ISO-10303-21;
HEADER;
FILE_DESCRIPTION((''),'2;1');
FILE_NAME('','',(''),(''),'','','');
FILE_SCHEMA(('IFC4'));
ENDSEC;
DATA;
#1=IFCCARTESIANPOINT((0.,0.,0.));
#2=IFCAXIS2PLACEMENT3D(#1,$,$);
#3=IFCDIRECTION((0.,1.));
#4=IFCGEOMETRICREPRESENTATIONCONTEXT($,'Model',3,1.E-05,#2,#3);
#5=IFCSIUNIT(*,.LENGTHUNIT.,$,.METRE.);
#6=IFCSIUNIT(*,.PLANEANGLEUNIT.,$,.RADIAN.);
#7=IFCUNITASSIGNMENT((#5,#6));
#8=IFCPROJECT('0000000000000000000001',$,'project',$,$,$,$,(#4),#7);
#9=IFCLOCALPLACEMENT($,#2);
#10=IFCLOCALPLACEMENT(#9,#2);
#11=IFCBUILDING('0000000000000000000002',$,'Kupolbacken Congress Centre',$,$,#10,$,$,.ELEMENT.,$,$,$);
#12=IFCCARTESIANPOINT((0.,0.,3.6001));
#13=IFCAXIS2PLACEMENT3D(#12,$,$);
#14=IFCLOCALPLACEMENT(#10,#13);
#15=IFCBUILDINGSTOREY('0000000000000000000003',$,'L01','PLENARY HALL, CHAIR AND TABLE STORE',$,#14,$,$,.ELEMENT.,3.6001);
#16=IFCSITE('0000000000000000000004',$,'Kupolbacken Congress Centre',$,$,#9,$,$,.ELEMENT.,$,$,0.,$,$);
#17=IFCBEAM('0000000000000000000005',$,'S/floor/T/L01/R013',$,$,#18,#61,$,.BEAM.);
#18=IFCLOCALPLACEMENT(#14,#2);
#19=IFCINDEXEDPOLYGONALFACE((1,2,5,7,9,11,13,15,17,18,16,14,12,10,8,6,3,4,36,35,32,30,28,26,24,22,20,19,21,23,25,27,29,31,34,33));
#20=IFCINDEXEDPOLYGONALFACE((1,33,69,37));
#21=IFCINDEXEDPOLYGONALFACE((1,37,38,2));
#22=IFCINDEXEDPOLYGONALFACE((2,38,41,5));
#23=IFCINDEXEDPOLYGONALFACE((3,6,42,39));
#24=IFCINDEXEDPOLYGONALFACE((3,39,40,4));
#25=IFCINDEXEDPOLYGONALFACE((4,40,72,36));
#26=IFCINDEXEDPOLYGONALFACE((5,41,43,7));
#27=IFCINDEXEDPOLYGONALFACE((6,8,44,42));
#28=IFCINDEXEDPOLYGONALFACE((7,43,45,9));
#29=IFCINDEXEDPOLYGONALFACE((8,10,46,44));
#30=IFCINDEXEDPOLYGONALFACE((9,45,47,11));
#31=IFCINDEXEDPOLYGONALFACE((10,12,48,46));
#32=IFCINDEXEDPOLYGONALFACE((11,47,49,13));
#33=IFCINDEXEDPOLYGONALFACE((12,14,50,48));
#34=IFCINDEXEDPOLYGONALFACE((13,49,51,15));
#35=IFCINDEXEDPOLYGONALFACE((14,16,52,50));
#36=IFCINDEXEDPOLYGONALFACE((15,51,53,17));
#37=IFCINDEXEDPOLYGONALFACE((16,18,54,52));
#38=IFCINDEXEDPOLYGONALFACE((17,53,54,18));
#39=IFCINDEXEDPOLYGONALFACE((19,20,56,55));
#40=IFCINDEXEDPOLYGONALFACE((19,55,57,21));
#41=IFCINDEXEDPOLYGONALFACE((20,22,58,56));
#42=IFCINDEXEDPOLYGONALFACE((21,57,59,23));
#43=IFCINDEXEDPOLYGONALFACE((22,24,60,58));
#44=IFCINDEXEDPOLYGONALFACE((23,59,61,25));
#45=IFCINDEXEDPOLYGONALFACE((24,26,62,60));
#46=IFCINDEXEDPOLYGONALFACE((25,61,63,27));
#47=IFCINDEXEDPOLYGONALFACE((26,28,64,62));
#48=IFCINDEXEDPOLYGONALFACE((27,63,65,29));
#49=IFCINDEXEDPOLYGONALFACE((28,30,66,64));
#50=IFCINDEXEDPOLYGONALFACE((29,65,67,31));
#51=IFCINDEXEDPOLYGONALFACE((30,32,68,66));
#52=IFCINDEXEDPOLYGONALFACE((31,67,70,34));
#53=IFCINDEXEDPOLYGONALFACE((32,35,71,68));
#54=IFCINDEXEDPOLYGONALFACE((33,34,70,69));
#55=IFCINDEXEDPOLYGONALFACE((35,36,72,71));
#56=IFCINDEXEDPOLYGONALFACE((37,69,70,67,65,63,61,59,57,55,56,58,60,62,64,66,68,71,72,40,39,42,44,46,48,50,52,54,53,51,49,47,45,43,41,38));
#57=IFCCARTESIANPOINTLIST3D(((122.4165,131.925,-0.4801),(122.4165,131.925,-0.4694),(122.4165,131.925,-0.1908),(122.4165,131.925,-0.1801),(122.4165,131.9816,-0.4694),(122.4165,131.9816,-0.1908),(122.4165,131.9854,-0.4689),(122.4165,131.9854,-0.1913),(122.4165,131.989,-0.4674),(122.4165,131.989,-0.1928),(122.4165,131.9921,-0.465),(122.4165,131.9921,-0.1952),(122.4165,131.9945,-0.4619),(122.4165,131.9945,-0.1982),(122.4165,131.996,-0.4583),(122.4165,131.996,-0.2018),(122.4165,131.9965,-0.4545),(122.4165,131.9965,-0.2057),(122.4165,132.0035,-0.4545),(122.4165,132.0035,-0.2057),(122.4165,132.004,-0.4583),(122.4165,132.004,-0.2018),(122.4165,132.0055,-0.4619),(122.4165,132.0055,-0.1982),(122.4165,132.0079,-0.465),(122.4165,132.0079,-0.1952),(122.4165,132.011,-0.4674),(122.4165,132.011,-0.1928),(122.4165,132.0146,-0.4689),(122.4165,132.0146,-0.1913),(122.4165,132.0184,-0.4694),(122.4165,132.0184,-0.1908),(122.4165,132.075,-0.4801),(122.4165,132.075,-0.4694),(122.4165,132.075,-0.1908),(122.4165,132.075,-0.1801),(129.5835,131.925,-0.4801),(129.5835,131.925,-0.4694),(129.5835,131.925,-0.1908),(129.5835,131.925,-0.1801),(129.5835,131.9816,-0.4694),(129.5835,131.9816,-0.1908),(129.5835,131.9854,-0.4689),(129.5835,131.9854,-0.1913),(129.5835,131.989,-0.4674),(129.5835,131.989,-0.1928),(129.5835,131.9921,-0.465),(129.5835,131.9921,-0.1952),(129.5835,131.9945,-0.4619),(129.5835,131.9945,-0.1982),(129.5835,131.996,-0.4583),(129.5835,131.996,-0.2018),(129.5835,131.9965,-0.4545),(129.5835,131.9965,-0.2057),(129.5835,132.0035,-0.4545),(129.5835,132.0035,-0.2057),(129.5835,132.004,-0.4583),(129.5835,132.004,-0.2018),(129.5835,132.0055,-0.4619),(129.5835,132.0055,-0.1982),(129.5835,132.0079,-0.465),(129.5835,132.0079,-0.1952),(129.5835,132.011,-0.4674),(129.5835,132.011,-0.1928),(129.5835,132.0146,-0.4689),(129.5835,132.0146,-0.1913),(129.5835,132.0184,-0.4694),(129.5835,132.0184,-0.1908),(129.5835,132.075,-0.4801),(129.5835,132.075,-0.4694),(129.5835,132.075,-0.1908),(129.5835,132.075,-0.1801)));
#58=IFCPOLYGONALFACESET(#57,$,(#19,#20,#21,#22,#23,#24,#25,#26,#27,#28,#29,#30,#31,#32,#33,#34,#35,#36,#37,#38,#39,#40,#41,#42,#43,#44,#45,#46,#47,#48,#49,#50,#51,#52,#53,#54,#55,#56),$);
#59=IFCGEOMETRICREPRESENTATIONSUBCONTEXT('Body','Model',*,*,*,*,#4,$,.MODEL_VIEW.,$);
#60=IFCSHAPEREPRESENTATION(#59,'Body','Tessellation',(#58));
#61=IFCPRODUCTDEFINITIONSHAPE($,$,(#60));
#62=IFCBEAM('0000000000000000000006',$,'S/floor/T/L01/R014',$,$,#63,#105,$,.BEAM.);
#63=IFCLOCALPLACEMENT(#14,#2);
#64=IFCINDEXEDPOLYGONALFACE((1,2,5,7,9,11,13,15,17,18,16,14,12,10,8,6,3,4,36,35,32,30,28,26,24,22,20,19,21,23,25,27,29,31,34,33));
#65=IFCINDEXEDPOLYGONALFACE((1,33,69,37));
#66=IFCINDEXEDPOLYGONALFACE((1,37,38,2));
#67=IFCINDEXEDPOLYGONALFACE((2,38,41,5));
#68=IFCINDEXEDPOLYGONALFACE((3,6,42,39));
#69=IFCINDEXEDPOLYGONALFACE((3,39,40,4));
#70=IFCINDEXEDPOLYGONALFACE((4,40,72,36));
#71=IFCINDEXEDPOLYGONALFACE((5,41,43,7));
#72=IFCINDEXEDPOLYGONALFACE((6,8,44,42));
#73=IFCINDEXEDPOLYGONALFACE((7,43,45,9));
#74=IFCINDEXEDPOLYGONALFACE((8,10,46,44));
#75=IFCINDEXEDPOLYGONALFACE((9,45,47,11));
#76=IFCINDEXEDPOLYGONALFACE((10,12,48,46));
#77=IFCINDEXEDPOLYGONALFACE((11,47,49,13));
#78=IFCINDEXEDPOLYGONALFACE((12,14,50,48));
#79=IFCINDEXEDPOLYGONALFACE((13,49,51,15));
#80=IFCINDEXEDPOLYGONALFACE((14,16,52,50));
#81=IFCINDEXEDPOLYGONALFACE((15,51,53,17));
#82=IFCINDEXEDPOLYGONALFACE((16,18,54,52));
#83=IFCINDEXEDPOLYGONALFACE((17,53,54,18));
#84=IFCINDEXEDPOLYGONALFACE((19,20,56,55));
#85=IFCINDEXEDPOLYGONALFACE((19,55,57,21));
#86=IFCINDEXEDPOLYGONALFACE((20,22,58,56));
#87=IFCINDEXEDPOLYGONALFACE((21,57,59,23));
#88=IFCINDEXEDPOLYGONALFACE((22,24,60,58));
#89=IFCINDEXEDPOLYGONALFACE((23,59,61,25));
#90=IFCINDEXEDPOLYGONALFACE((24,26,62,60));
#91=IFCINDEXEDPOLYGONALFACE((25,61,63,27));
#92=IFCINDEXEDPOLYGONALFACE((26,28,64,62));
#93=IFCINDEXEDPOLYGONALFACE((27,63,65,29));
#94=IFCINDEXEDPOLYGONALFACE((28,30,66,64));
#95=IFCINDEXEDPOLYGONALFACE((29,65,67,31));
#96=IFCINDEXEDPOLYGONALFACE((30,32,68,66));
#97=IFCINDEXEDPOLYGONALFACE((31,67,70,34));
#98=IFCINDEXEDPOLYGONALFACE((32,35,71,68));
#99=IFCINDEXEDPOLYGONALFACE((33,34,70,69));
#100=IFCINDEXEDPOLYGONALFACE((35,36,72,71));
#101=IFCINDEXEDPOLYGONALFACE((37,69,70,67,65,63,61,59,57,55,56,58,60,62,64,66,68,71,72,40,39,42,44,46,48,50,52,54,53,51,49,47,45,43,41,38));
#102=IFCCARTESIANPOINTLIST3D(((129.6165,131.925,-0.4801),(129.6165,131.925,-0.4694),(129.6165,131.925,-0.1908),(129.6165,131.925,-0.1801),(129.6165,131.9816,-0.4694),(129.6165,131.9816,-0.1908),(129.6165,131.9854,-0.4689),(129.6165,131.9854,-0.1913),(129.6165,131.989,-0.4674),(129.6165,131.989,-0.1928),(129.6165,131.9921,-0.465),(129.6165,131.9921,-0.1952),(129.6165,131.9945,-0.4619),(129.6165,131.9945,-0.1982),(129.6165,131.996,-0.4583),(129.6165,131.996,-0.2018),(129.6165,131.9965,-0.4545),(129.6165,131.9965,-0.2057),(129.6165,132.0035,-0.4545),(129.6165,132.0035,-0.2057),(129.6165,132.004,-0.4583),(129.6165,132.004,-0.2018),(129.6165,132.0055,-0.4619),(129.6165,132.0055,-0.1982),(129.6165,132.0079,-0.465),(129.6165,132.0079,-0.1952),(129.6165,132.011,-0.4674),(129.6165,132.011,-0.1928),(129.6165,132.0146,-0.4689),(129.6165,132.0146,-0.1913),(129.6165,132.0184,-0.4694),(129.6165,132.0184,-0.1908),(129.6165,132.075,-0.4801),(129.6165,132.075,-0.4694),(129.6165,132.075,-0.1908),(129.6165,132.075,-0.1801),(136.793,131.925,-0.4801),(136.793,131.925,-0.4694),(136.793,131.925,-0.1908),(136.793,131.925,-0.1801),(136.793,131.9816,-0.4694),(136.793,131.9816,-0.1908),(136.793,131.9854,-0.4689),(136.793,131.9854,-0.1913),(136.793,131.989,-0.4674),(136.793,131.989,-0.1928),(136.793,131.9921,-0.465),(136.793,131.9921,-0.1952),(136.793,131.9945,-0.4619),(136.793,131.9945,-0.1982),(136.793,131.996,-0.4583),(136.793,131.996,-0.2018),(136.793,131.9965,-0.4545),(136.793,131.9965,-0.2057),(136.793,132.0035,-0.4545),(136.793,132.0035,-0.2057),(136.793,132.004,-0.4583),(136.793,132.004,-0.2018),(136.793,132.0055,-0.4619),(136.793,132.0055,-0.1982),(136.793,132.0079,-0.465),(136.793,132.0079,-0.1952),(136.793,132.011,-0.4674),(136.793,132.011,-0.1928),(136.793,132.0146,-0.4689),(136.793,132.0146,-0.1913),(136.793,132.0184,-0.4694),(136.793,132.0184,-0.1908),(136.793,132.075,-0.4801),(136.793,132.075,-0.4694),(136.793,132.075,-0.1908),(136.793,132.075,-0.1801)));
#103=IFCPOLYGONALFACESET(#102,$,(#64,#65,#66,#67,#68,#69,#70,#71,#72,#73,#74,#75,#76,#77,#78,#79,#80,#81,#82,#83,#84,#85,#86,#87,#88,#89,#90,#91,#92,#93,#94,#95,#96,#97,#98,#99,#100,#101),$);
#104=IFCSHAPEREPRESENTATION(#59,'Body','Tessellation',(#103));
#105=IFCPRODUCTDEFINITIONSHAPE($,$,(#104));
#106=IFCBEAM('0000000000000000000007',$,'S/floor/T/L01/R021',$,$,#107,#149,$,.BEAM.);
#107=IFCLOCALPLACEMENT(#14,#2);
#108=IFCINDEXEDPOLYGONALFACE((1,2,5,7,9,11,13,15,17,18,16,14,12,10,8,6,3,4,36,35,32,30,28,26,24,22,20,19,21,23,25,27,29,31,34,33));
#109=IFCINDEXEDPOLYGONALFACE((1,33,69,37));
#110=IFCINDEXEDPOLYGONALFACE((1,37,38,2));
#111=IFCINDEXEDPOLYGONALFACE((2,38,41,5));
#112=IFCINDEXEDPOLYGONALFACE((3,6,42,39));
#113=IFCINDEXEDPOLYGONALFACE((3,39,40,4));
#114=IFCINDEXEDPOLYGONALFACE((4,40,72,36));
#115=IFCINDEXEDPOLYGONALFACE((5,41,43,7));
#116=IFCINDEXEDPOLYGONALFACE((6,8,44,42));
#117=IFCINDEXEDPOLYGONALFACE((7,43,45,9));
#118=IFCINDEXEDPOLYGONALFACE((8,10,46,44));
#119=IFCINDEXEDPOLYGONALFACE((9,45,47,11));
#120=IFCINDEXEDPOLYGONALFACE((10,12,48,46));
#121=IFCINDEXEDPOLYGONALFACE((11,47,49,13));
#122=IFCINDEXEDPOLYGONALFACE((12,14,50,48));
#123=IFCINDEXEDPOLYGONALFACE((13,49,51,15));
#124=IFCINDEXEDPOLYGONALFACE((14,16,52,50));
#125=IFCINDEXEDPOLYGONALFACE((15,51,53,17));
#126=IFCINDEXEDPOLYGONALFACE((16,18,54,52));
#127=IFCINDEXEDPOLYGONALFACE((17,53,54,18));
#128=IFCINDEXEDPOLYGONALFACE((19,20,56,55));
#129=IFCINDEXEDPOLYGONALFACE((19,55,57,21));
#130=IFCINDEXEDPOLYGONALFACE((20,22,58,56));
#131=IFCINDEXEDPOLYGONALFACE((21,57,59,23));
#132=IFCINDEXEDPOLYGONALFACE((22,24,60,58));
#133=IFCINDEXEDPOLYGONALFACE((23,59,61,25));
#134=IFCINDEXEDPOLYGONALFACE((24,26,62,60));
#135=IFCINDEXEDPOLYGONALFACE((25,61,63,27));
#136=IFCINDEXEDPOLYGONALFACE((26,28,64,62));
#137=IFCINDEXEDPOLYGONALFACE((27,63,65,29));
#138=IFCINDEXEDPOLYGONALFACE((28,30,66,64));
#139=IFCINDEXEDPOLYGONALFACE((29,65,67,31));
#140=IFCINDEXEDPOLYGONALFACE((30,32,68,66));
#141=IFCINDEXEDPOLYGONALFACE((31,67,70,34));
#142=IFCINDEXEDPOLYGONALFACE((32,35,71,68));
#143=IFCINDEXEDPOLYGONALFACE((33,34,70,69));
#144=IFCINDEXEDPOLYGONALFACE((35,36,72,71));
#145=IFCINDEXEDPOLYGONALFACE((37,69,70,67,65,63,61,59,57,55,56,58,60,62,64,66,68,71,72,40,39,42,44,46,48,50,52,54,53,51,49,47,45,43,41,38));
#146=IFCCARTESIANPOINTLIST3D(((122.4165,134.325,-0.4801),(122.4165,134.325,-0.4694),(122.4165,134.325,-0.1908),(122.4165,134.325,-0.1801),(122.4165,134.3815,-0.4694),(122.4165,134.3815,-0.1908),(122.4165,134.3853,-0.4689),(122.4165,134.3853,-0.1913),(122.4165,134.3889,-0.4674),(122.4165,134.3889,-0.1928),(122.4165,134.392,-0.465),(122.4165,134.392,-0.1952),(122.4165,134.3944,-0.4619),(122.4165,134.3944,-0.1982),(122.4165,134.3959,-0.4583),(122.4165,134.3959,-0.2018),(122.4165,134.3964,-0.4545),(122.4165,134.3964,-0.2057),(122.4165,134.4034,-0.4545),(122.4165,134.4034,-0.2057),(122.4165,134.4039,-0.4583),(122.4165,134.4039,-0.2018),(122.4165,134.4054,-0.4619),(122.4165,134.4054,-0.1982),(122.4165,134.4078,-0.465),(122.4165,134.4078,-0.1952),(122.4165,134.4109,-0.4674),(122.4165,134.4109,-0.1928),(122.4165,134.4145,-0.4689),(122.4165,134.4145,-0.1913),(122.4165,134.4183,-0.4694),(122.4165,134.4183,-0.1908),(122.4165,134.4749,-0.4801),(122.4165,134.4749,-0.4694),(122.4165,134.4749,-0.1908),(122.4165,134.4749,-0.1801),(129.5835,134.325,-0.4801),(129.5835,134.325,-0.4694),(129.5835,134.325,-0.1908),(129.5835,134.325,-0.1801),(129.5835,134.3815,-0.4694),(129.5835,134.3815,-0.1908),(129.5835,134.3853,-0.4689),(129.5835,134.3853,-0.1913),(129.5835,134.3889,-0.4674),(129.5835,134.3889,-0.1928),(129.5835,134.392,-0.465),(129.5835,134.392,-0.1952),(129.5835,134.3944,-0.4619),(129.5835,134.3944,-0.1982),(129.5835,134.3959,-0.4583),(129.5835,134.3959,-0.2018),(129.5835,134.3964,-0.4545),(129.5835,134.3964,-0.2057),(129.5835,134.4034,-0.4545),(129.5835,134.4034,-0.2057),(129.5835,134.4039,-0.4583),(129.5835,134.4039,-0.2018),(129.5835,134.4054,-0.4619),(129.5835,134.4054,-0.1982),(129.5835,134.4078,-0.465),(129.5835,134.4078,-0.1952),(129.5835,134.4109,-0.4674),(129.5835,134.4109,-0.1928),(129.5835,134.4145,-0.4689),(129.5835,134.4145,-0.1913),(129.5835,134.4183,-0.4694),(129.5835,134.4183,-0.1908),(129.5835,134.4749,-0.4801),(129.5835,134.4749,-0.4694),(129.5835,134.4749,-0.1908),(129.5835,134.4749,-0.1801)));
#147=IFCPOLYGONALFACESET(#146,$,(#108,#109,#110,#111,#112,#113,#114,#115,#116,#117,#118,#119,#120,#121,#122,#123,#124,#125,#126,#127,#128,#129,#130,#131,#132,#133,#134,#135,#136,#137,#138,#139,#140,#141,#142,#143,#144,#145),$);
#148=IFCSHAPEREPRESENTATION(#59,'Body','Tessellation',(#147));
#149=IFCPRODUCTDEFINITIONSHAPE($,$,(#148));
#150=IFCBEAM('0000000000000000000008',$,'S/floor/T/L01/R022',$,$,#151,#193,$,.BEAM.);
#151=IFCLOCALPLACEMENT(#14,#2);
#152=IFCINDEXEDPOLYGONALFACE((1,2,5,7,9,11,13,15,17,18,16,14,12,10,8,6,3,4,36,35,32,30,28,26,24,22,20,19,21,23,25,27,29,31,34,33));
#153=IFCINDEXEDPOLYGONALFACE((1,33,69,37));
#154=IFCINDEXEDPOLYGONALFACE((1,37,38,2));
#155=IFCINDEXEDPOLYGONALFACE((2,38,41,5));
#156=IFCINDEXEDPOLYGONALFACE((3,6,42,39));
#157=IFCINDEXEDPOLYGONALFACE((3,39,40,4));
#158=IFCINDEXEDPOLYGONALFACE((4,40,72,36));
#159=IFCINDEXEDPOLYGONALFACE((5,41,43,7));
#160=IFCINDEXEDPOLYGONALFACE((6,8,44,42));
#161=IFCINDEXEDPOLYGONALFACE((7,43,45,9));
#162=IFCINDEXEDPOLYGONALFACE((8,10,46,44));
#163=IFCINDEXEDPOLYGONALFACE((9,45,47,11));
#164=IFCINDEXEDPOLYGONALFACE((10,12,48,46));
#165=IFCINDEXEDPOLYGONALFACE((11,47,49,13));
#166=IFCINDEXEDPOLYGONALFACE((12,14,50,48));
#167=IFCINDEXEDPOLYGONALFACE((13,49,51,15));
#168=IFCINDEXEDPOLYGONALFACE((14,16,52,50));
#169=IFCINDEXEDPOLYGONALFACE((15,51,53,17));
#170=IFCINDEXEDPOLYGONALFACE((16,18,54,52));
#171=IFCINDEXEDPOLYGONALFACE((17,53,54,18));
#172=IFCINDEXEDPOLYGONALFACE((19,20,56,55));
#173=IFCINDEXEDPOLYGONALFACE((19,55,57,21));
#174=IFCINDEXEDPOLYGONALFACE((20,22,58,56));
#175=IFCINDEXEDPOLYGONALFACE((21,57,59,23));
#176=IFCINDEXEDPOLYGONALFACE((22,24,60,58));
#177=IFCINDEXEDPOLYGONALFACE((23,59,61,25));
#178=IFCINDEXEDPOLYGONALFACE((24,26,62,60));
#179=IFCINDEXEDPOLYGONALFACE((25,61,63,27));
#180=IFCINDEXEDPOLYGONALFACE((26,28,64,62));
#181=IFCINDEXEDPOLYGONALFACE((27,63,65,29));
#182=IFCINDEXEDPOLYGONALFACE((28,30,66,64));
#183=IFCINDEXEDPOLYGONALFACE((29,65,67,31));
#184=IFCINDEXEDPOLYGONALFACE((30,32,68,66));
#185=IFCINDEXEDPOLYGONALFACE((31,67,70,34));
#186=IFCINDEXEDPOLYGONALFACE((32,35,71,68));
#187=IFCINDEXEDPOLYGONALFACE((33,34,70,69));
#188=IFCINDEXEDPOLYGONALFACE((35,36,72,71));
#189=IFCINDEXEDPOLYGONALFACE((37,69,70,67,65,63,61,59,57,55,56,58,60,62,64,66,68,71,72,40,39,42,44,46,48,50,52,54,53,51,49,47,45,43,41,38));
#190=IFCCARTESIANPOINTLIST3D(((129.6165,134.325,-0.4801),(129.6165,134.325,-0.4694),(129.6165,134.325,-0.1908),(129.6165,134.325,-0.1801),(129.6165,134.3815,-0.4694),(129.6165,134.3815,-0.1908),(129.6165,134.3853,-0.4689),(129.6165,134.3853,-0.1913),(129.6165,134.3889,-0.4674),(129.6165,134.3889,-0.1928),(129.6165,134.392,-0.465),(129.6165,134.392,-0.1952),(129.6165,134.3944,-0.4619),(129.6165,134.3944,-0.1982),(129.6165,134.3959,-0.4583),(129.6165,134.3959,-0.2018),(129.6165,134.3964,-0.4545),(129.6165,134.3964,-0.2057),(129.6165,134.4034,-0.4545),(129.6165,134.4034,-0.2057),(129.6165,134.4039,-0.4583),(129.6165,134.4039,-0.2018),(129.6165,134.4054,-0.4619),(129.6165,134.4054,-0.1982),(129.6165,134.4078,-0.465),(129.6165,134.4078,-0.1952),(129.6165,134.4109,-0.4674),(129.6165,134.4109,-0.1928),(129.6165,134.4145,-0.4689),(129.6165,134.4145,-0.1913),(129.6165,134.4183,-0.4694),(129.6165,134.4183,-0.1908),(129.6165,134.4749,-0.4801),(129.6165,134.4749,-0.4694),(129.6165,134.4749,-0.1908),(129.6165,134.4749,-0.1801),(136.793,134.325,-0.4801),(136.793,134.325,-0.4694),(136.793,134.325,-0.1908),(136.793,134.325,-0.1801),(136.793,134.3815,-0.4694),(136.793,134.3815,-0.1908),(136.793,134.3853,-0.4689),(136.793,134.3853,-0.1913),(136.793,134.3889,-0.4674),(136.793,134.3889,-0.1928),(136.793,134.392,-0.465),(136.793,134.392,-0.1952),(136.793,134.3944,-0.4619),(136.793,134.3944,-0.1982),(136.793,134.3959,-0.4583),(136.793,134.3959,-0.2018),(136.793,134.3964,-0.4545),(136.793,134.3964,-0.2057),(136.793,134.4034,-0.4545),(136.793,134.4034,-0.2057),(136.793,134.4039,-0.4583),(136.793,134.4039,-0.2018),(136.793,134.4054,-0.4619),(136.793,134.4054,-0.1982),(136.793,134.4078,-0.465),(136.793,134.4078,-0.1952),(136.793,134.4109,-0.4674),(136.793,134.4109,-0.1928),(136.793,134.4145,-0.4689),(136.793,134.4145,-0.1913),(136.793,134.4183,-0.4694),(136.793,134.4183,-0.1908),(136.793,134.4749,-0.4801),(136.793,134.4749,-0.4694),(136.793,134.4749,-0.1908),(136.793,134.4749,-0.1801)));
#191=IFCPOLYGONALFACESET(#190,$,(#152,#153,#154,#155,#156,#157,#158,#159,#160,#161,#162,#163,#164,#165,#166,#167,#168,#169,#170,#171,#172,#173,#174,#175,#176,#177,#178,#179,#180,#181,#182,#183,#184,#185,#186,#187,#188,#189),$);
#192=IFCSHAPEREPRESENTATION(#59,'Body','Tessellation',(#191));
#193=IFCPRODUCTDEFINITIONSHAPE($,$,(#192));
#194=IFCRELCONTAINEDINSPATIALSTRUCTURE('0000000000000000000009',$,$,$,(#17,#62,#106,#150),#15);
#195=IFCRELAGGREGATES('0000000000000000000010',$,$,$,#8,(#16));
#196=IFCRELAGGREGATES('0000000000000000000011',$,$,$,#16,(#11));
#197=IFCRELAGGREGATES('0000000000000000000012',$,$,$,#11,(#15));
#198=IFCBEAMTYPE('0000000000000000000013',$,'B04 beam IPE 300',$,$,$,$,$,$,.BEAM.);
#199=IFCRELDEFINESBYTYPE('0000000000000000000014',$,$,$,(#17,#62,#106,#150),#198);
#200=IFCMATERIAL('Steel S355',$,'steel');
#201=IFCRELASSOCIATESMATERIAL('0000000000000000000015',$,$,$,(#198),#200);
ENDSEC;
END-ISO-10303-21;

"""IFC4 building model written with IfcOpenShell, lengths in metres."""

from ifc_helpers import new_model, si_unit, direction, frame, origin, origin_2d, place, context, subcontext, project, spatial, i_section, extrude, material, material_profile, profile_set, type_object, element, save


model = new_model("IFC4")

# Units and contexts
model_context = context("Model", 3, precision=1e-05, world=origin(), true_north=direction((0.0, 1.0)))
body_context = subcontext(model_context, "Body", "Model", "MODEL_VIEW")
ifc_project = project(units=[si_unit("LENGTHUNIT", "METRE"), si_unit("PLANEANGLEUNIT", "RADIAN")], contexts=[model_context])

# Site, building, storey
site_placement = place(None, origin())
site = spatial("IfcSite", under=ifc_project, at=site_placement, Name="Kupolbacken Congress Centre", CompositionType="ELEMENT", RefElevation=0.0)
building_placement = place(site_placement, origin())
building = spatial("IfcBuilding", under=site, at=building_placement, Name="Kupolbacken Congress Centre", CompositionType="ELEMENT")
storey_placement = place(building_placement, frame((0.0, 0.0, 3.6001)))
storey = spatial("IfcBuildingStorey", under=building, at=storey_placement, Name="L01", Description="PLENARY HALL, CHAIR AND TABLE STORE", CompositionType="ELEMENT", Elevation=3.6001)

# Beams
ifc_material_1 = material(Name="Steel S355", Category="steel")
ifc_material_profile_1 = material_profile(ifc_material_1, i_section(OverallWidth=0.1499, OverallDepth=0.3, WebThickness=0.0071, FlangeThickness=0.0107, FilletRadius=0.0149, at=origin_2d()), Name="IPE 300")
ifc_profile_set_1 = profile_set([ifc_material_profile_1], Name="Steel S355")
beam_type_1 = type_object("IfcBeamType", Name="B04 beam IPE 300", PredefinedType="BEAM", material=ifc_profile_set_1)
beam_1_placement = place(storey_placement, frame((122.4165, 132.0, -0.3301), z_axis=(1.0, 0.0, 0.0), x_axis=(0.0, 1.0, 0.0)))
element("IfcBeam", 1, at=beam_1_placement, inside=storey, type_object=beam_type_1, Name="S/floor/T/L01/R013", PredefinedType="BEAM", context=body_context, shape_type="SweptSolid", body=[
    extrude(i_section(OverallWidth=0.1499, OverallDepth=0.3, WebThickness=0.0071, FlangeThickness=0.0107, FilletRadius=0.0149, at=origin_2d()), origin(), (0.0, 0.0, 1.0), 7.167),
])
beam_2_placement = place(storey_placement, frame((129.6165, 132.0, -0.3301), z_axis=(1.0, 0.0, 0.0), x_axis=(0.0, 1.0, 0.0)))
element("IfcBeam", 2, at=beam_2_placement, inside=storey, type_object=beam_type_1, Name="S/floor/T/L01/R014", PredefinedType="BEAM", context=body_context, shape_type="SweptSolid", body=[
    extrude(i_section(OverallWidth=0.1499, OverallDepth=0.3, WebThickness=0.0071, FlangeThickness=0.0107, FilletRadius=0.0149, at=origin_2d()), origin(), (0.0, 0.0, 1.0), 7.1765),
])
beam_3_placement = place(storey_placement, frame((122.4165, 134.3999, -0.3301), z_axis=(1.0, 0.0, 0.0), x_axis=(0.0, 1.0, 0.0)))
element("IfcBeam", 3, at=beam_3_placement, inside=storey, type_object=beam_type_1, Name="S/floor/T/L01/R021", PredefinedType="BEAM", context=body_context, shape_type="SweptSolid", body=[
    extrude(i_section(OverallWidth=0.1499, OverallDepth=0.3, WebThickness=0.0071, FlangeThickness=0.0107, FilletRadius=0.0149, at=origin_2d()), origin(), (0.0, 0.0, 1.0), 7.167),
])
beam_4_placement = place(storey_placement, frame((129.6165, 134.3999, -0.3301), z_axis=(1.0, 0.0, 0.0), x_axis=(0.0, 1.0, 0.0)))
element("IfcBeam", 4, at=beam_4_placement, inside=storey, type_object=beam_type_1, Name="S/floor/T/L01/R022", PredefinedType="BEAM", context=body_context, shape_type="SweptSolid", body=[
    extrude(i_section(OverallWidth=0.1499, OverallDepth=0.3, WebThickness=0.0071, FlangeThickness=0.0107, FilletRadius=0.0149, at=origin_2d()), origin(), (0.0, 0.0, 1.0), 7.1765),
])

save(model, "model.ifc")
